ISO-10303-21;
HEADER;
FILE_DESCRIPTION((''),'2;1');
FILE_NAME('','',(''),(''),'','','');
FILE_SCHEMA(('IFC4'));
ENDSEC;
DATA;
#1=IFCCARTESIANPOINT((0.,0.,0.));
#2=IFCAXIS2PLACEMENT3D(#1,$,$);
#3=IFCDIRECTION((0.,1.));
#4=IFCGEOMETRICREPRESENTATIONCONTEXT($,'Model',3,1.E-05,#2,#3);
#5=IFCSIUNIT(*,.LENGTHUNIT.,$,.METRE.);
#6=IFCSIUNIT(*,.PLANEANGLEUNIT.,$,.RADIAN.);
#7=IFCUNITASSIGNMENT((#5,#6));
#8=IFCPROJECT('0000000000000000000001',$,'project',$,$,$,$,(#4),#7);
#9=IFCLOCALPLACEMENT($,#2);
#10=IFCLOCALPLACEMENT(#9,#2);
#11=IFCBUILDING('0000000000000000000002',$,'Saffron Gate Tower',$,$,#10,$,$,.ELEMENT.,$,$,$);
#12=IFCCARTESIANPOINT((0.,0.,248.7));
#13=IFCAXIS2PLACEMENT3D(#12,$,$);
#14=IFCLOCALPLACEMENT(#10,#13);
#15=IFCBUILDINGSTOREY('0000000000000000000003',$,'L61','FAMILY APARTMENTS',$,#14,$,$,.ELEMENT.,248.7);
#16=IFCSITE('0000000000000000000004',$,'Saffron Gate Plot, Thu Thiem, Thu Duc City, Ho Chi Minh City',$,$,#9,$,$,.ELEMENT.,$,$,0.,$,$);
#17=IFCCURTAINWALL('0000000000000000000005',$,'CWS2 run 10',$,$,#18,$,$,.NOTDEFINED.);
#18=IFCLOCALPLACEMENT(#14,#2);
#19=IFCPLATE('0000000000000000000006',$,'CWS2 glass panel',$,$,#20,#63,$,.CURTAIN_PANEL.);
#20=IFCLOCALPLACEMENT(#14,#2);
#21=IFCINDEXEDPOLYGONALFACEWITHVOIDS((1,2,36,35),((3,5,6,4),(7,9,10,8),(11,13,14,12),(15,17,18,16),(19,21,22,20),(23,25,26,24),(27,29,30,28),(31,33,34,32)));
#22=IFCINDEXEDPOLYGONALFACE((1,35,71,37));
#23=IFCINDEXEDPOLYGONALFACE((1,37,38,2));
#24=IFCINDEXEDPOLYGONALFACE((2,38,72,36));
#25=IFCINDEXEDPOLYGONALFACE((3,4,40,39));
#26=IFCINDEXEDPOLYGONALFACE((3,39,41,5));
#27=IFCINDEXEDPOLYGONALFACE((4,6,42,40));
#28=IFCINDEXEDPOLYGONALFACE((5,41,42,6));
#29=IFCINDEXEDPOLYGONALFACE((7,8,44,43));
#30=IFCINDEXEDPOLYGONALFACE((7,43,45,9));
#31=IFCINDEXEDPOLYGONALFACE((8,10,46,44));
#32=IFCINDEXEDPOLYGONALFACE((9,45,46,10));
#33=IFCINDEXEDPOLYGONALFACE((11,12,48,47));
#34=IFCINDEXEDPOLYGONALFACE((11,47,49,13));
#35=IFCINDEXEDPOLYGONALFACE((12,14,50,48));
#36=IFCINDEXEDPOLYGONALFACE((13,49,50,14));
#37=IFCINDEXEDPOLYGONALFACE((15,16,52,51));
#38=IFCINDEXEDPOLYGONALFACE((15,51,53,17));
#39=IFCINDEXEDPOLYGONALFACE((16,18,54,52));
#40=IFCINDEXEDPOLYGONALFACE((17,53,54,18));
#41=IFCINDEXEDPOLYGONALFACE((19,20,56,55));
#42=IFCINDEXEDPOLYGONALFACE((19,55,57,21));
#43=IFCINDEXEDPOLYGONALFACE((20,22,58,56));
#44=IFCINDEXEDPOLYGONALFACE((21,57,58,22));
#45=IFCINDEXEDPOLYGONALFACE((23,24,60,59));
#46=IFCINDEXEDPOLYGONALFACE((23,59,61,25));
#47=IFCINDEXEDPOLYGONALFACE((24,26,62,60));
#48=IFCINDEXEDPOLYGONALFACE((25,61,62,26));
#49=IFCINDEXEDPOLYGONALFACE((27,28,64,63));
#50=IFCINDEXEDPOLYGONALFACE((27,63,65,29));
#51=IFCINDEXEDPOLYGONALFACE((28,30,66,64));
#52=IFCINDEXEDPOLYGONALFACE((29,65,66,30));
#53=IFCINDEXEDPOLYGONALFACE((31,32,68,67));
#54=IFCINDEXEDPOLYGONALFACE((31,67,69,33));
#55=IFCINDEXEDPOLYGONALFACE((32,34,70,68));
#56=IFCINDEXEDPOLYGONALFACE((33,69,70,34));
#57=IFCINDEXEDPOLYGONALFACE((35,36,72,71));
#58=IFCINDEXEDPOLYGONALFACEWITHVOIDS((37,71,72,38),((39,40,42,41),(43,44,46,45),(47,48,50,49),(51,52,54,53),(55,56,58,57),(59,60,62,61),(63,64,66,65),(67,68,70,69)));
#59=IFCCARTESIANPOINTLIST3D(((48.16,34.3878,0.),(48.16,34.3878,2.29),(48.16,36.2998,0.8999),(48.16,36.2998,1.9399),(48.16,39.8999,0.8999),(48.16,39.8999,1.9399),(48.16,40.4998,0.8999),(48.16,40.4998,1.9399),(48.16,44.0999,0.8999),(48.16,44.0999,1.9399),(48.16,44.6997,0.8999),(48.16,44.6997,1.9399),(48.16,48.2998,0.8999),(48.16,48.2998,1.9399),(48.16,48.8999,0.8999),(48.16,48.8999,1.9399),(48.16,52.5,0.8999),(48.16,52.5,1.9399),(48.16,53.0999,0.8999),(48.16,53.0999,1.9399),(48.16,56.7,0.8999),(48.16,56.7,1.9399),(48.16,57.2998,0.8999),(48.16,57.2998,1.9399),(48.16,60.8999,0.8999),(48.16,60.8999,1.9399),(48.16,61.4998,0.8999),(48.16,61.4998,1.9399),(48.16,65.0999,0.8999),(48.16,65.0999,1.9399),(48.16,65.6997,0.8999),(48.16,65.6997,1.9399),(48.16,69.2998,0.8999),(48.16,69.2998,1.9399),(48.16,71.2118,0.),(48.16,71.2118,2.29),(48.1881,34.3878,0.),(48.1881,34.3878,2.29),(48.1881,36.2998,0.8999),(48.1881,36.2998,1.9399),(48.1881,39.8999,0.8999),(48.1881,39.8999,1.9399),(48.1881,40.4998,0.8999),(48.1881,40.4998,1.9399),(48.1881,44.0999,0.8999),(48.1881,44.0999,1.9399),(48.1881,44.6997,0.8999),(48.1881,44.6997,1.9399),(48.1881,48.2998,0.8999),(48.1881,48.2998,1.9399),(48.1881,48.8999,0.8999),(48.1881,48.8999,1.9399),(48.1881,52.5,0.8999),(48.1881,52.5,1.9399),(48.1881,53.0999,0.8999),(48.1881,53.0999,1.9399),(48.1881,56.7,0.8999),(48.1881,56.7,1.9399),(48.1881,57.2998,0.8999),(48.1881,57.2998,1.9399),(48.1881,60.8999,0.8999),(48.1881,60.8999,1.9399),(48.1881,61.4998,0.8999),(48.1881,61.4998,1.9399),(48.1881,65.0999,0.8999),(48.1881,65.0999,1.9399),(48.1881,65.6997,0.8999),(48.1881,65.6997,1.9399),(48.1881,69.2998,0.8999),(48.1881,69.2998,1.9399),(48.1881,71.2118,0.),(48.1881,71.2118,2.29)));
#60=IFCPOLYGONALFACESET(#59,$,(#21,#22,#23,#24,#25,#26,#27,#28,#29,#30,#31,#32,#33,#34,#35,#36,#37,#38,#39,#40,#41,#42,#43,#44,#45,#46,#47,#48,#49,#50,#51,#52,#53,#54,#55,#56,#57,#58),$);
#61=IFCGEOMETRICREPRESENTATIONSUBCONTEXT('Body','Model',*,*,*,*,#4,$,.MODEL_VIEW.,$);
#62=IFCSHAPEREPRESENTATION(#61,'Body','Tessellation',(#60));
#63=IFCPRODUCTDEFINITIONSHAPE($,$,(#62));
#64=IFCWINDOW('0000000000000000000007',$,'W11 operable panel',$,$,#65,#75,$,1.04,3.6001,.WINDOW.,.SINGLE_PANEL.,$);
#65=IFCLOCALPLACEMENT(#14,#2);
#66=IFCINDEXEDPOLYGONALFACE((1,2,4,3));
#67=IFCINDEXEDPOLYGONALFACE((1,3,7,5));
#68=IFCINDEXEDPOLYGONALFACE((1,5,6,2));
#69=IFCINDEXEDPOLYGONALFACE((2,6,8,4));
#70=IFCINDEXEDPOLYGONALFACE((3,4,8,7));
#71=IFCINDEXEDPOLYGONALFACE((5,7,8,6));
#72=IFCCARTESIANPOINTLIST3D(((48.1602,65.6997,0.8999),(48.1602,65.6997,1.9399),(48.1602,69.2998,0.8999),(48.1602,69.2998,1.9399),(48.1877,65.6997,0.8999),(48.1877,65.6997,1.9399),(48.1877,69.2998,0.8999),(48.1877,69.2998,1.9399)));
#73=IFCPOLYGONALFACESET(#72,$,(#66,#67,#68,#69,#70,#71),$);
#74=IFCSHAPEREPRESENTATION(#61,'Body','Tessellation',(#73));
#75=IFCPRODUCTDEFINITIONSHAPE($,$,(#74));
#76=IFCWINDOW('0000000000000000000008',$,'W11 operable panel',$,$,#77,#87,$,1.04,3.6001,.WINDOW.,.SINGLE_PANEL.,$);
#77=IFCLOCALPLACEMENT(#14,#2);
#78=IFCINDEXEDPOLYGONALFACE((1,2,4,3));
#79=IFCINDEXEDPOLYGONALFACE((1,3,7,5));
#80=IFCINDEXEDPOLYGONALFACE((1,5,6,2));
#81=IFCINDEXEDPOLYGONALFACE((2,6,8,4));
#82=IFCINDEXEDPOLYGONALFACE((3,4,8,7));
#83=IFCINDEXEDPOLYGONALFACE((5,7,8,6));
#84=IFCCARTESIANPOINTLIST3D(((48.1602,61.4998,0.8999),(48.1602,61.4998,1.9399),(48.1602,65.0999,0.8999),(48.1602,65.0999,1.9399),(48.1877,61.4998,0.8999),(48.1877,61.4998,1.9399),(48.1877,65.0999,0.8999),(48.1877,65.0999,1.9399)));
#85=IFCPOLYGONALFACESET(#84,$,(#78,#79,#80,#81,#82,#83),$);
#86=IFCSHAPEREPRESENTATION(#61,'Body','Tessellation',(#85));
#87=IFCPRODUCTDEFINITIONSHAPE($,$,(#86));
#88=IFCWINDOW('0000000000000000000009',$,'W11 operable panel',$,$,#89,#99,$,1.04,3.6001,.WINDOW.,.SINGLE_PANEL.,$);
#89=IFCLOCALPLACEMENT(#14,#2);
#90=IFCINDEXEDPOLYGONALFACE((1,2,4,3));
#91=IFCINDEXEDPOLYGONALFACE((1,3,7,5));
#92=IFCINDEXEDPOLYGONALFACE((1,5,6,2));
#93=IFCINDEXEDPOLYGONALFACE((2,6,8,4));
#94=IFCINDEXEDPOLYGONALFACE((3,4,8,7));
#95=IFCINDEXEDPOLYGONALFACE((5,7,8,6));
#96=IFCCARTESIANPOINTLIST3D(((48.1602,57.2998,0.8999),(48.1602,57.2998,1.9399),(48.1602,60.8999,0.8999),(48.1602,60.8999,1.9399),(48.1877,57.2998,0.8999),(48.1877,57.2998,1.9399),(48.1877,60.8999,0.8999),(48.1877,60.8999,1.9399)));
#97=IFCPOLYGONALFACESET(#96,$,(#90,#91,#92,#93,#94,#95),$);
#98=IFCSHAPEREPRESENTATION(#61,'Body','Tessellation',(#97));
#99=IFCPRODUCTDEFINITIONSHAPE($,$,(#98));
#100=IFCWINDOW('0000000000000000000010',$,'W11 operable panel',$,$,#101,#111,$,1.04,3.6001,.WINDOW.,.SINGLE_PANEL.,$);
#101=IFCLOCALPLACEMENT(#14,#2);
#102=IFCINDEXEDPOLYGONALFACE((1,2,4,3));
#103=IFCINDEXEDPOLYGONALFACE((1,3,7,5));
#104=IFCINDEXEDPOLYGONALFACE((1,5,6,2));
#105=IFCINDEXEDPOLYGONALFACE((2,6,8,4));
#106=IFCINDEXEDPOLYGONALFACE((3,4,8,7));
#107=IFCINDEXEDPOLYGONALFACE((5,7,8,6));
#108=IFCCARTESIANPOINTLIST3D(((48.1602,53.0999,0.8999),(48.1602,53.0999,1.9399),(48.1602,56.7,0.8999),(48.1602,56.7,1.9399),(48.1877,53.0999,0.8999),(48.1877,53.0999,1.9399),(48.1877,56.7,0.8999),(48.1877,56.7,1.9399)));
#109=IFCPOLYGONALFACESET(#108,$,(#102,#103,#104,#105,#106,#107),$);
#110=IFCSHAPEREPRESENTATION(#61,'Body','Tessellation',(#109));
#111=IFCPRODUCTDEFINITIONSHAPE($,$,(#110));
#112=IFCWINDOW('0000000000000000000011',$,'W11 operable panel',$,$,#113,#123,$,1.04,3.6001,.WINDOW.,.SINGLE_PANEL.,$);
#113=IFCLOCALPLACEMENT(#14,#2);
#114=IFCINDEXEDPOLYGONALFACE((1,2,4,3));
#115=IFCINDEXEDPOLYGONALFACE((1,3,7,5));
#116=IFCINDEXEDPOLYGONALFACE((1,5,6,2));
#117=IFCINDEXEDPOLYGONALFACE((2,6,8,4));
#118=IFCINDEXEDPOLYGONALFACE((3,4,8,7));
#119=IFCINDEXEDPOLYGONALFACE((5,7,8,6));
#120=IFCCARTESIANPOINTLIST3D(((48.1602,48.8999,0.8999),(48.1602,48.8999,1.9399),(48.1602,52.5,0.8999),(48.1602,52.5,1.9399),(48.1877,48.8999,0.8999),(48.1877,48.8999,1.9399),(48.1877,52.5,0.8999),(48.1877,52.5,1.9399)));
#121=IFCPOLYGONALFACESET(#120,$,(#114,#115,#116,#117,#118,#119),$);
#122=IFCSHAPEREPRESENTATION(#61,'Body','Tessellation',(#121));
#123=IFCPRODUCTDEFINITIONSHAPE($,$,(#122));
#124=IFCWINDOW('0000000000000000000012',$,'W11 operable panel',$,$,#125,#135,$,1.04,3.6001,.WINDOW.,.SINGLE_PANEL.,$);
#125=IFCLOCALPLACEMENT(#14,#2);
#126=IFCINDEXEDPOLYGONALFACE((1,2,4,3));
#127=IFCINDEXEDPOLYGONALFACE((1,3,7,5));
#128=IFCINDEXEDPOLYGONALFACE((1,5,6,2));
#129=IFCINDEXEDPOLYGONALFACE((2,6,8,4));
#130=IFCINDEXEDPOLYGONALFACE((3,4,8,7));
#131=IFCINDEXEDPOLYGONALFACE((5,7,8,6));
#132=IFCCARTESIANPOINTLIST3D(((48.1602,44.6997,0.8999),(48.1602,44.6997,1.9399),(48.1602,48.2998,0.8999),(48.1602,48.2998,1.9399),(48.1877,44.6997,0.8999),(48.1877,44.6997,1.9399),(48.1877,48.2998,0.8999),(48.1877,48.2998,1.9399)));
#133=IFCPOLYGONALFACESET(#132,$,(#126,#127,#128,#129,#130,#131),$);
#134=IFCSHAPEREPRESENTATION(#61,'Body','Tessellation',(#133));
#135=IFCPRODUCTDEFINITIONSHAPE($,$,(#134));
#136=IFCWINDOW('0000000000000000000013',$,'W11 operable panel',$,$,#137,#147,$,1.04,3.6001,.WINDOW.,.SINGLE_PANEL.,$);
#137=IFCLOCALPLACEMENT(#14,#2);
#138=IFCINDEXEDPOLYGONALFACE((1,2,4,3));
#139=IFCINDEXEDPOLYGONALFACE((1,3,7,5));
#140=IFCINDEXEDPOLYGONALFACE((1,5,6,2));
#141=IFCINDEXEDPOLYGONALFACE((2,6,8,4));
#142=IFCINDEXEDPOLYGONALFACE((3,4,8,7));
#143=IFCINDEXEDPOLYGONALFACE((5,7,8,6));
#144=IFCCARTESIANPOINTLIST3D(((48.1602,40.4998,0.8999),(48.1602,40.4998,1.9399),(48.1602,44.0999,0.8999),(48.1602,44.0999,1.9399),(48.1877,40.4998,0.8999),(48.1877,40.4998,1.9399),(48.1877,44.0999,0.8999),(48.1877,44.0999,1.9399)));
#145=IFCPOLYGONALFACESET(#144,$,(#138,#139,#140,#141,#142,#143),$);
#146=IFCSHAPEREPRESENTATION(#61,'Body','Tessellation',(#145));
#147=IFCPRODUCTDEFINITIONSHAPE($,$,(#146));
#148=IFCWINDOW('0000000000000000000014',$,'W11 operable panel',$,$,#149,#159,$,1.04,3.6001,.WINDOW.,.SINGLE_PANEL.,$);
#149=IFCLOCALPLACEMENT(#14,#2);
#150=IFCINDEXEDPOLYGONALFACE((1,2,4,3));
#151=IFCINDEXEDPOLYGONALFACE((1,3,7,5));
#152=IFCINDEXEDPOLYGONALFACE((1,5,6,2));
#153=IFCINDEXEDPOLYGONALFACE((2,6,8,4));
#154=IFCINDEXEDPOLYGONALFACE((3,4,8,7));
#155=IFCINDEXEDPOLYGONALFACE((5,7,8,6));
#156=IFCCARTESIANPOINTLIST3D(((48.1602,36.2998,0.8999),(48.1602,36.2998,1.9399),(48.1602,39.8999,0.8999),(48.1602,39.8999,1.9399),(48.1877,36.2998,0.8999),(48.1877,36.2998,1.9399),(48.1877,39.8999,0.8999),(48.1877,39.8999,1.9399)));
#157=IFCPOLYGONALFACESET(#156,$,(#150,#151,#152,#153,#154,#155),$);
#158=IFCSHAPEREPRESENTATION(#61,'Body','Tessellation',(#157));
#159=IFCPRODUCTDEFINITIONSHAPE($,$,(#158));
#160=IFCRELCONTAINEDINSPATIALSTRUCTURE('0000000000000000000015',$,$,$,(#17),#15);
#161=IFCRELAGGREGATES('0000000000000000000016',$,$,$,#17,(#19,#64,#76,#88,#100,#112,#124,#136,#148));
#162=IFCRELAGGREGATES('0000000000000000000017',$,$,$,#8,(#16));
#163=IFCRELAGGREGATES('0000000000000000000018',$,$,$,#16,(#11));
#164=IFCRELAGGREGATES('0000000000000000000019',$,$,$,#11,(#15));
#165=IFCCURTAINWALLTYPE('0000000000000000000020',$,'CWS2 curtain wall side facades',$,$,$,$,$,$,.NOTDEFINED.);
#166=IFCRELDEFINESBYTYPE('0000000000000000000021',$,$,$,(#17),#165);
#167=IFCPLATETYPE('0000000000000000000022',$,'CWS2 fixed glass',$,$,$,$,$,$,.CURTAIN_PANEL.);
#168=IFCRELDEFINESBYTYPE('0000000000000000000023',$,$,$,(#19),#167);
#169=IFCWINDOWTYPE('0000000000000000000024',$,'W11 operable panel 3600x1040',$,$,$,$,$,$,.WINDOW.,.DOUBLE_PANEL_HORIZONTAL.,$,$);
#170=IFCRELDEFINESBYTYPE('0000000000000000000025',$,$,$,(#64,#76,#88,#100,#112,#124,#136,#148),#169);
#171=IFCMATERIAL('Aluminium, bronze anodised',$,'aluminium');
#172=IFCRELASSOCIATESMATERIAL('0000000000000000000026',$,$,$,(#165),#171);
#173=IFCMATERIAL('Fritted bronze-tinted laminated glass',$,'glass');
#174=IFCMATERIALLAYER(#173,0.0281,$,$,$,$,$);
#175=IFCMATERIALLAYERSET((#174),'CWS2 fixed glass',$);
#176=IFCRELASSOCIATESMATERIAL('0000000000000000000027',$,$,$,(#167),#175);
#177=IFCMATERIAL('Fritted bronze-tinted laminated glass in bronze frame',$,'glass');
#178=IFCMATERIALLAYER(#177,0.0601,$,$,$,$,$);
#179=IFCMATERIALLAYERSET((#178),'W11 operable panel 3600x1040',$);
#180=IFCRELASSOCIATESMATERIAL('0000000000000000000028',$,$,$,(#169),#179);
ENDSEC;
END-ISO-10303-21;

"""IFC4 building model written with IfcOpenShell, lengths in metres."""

from ifc_helpers import new_model, si_unit, direction, frame, frame_2d, origin, place, context, subcontext, project, spatial, rectangle, extrude, material, layer, layer_set, type_object, element, fill, aggregate, save


model = new_model("IFC4")

# Units and contexts
model_context = context("Model", 3, precision=1e-05, world=origin(), true_north=direction((0.0, 1.0)))
body_context = subcontext(model_context, "Body", "Model", "MODEL_VIEW")
ifc_project = project(units=[si_unit("LENGTHUNIT", "METRE"), si_unit("PLANEANGLEUNIT", "RADIAN")], contexts=[model_context])

# Site, building, storey
site_placement = place(None, origin())
site = spatial("IfcSite", under=ifc_project, at=site_placement, Name="Saffron Gate Plot, Thu Thiem, Thu Duc City, Ho Chi Minh City", CompositionType="ELEMENT", RefElevation=0.0)
building_placement = place(site_placement, origin())
building = spatial("IfcBuilding", under=site, at=building_placement, Name="Saffron Gate Tower", CompositionType="ELEMENT")
storey_placement = place(building_placement, frame((0.0, 0.0, 248.7)))
storey = spatial("IfcBuildingStorey", under=building, at=storey_placement, Name="L61", Description="FAMILY APARTMENTS", CompositionType="ELEMENT", Elevation=248.7)

# Curtain wall
ifc_material_1 = material(Name="Aluminium, bronze anodised", Category="aluminium")
curtain_wall_type_1 = type_object("IfcCurtainWallType", Name="CWS2 curtain wall side facades", PredefinedType="NOTDEFINED", material=ifc_material_1)
curtain_wall_1_placement = place(storey_placement, origin())
curtain_wall_1 = element("IfcCurtainWall", 1, at=curtain_wall_1_placement, inside=storey, type_object=curtain_wall_type_1, Name="CWS2 run 10", PredefinedType="NOTDEFINED")

# Plate, openings, windows
ifc_material_2 = material(Name="Fritted bronze-tinted laminated glass", Category="glass")
ifc_layer_1 = layer(ifc_material_2, 0.0281)
ifc_layer_set_1 = layer_set([ifc_layer_1], Name="CWS2 fixed glass")
plate_type_1 = type_object("IfcPlateType", Name="CWS2 fixed glass", PredefinedType="CURTAIN_PANEL", material=ifc_layer_set_1)
plate_1_placement = place(storey_placement, frame((48.1741, 71.2119, 0.0), z_axis=(0.0, 0.0, 1.0), x_axis=(0.0, -1.0, 0.0)))
plate_1 = element("IfcPlate", 2, at=plate_1_placement, type_object=plate_type_1, Name="CWS2 glass panel", PredefinedType="CURTAIN_PANEL", context=body_context, shape_type="SweptSolid", body=[
    extrude(rectangle(XDim=36.824, YDim=0.0281, at=frame_2d((18.4121, 0.0))), origin(), (0.0, 0.0, 1.0), 2.29),
])
opening_1_placement = place(plate_1_placement, frame((1.9121, 0.0, 0.8999)))
opening_1 = element("IfcOpeningElement", 3, at=opening_1_placement, cuts=plate_1, PredefinedType="OPENING", context=body_context, shape_type="SweptSolid", body=[
    extrude(rectangle(XDim=3.6001, YDim=1.04, at=frame_2d((1.8, 0.52))), frame((0.0, 0.0239, 0.0), z_axis=(0.0, -1.0, 0.0), x_axis=(1.0, 0.0, 0.0)), (0.0, 0.0, 1.0), 0.0481),
])
opening_2_placement = place(plate_1_placement, frame((6.1121, 0.0, 0.8999)))
opening_2 = element("IfcOpeningElement", 4, at=opening_2_placement, cuts=plate_1, PredefinedType="OPENING", context=body_context, shape_type="SweptSolid", body=[
    extrude(rectangle(XDim=3.6001, YDim=1.04, at=frame_2d((1.8, 0.52))), frame((0.0, 0.0239, 0.0), z_axis=(0.0, -1.0, 0.0), x_axis=(1.0, 0.0, 0.0)), (0.0, 0.0, 1.0), 0.0481),
])
opening_3_placement = place(plate_1_placement, frame((10.312, 0.0, 0.8999)))
opening_3 = element("IfcOpeningElement", 5, at=opening_3_placement, cuts=plate_1, PredefinedType="OPENING", context=body_context, shape_type="SweptSolid", body=[
    extrude(rectangle(XDim=3.6001, YDim=1.04, at=frame_2d((1.8, 0.52))), frame((0.0, 0.0239, 0.0), z_axis=(0.0, -1.0, 0.0), x_axis=(1.0, 0.0, 0.0)), (0.0, 0.0, 1.0), 0.0481),
])
opening_4_placement = place(plate_1_placement, frame((14.512, 0.0, 0.8999)))
opening_4 = element("IfcOpeningElement", 6, at=opening_4_placement, cuts=plate_1, PredefinedType="OPENING", context=body_context, shape_type="SweptSolid", body=[
    extrude(rectangle(XDim=3.6001, YDim=1.04, at=frame_2d((1.8, 0.52))), frame((0.0, 0.0239, 0.0), z_axis=(0.0, -1.0, 0.0), x_axis=(1.0, 0.0, 0.0)), (0.0, 0.0, 1.0), 0.0481),
])
opening_5_placement = place(plate_1_placement, frame((18.7119, 0.0, 0.8999)))
opening_5 = element("IfcOpeningElement", 7, at=opening_5_placement, cuts=plate_1, PredefinedType="OPENING", context=body_context, shape_type="SweptSolid", body=[
    extrude(rectangle(XDim=3.6001, YDim=1.04, at=frame_2d((1.8, 0.52))), frame((0.0, 0.0239, 0.0), z_axis=(0.0, -1.0, 0.0), x_axis=(1.0, 0.0, 0.0)), (0.0, 0.0, 1.0), 0.0481),
])
opening_6_placement = place(plate_1_placement, frame((22.9121, 0.0, 0.8999)))
opening_6 = element("IfcOpeningElement", 8, at=opening_6_placement, cuts=plate_1, PredefinedType="OPENING", context=body_context, shape_type="SweptSolid", body=[
    extrude(rectangle(XDim=3.6001, YDim=1.04, at=frame_2d((1.8, 0.52))), frame((0.0, 0.0239, 0.0), z_axis=(0.0, -1.0, 0.0), x_axis=(1.0, 0.0, 0.0)), (0.0, 0.0, 1.0), 0.0481),
])
opening_7_placement = place(plate_1_placement, frame((27.1121, 0.0, 0.8999)))
opening_7 = element("IfcOpeningElement", 9, at=opening_7_placement, cuts=plate_1, PredefinedType="OPENING", context=body_context, shape_type="SweptSolid", body=[
    extrude(rectangle(XDim=3.6001, YDim=1.04, at=frame_2d((1.8, 0.52))), frame((0.0, 0.0239, 0.0), z_axis=(0.0, -1.0, 0.0), x_axis=(1.0, 0.0, 0.0)), (0.0, 0.0, 1.0), 0.0481),
])
opening_8_placement = place(plate_1_placement, frame((31.312, 0.0, 0.8999)))
opening_8 = element("IfcOpeningElement", 10, at=opening_8_placement, cuts=plate_1, PredefinedType="OPENING", context=body_context, shape_type="SweptSolid", body=[
    extrude(rectangle(XDim=3.6001, YDim=1.04, at=frame_2d((1.8, 0.52))), frame((0.0, 0.0239, 0.0), z_axis=(0.0, -1.0, 0.0), x_axis=(1.0, 0.0, 0.0)), (0.0, 0.0, 1.0), 0.0481),
])
ifc_material_3 = material(Name="Fritted bronze-tinted laminated glass in bronze frame", Category="glass")
ifc_layer_2 = layer(ifc_material_3, 0.0601)
ifc_layer_set_2 = layer_set([ifc_layer_2], Name="W11 operable panel 3600x1040")
window_type = type_object("IfcWindowType", Name="W11 operable panel 3600x1040", PartitioningType="DOUBLE_PANEL_HORIZONTAL", PredefinedType="WINDOW", material=ifc_layer_set_2)
window_1_placement = place(opening_1_placement, origin())
window_1 = element("IfcWindow", 11, at=window_1_placement, type_object=window_type, Name="W11 operable panel", OverallHeight=1.04, OverallWidth=3.6001, PartitioningType="SINGLE_PANEL", PredefinedType="WINDOW", context=body_context, shape_type="SweptSolid", body=[
    extrude(rectangle(XDim=3.6001, YDim=1.04, at=frame_2d((1.8, 0.52))), frame((0.0, 0.0137, 0.0), z_axis=(0.0, -1.0, 0.0), x_axis=(1.0, 0.0, 0.0)), (0.0, 0.0, 1.0), 0.0276),
])
fill(opening_1, window_1)
window_2_placement = place(opening_2_placement, origin())
window_2 = element("IfcWindow", 12, at=window_2_placement, type_object=window_type, Name="W11 operable panel", OverallHeight=1.04, OverallWidth=3.6001, PartitioningType="SINGLE_PANEL", PredefinedType="WINDOW", context=body_context, shape_type="SweptSolid", body=[
    extrude(rectangle(XDim=3.6001, YDim=1.04, at=frame_2d((1.8, 0.52))), frame((0.0, 0.0137, 0.0), z_axis=(0.0, -1.0, 0.0), x_axis=(1.0, 0.0, 0.0)), (0.0, 0.0, 1.0), 0.0276),
])
fill(opening_2, window_2)
window_3_placement = place(opening_3_placement, origin())
window_3 = element("IfcWindow", 13, at=window_3_placement, type_object=window_type, Name="W11 operable panel", OverallHeight=1.04, OverallWidth=3.6001, PartitioningType="SINGLE_PANEL", PredefinedType="WINDOW", context=body_context, shape_type="SweptSolid", body=[
    extrude(rectangle(XDim=3.6001, YDim=1.04, at=frame_2d((1.8, 0.52))), frame((0.0, 0.0137, 0.0), z_axis=(0.0, -1.0, 0.0), x_axis=(1.0, 0.0, 0.0)), (0.0, 0.0, 1.0), 0.0276),
])
fill(opening_3, window_3)
window_4_placement = place(opening_4_placement, origin())
window_4 = element("IfcWindow", 14, at=window_4_placement, type_object=window_type, Name="W11 operable panel", OverallHeight=1.04, OverallWidth=3.6001, PartitioningType="SINGLE_PANEL", PredefinedType="WINDOW", context=body_context, shape_type="SweptSolid", body=[
    extrude(rectangle(XDim=3.6001, YDim=1.04, at=frame_2d((1.8, 0.52))), frame((0.0, 0.0137, 0.0), z_axis=(0.0, -1.0, 0.0), x_axis=(1.0, 0.0, 0.0)), (0.0, 0.0, 1.0), 0.0276),
])
fill(opening_4, window_4)
window_5_placement = place(opening_5_placement, origin())
window_5 = element("IfcWindow", 15, at=window_5_placement, type_object=window_type, Name="W11 operable panel", OverallHeight=1.04, OverallWidth=3.6001, PartitioningType="SINGLE_PANEL", PredefinedType="WINDOW", context=body_context, shape_type="SweptSolid", body=[
    extrude(rectangle(XDim=3.6001, YDim=1.04, at=frame_2d((1.8, 0.52))), frame((0.0, 0.0137, 0.0), z_axis=(0.0, -1.0, 0.0), x_axis=(1.0, 0.0, 0.0)), (0.0, 0.0, 1.0), 0.0276),
])
fill(opening_5, window_5)
window_6_placement = place(opening_6_placement, origin())
window_6 = element("IfcWindow", 16, at=window_6_placement, type_object=window_type, Name="W11 operable panel", OverallHeight=1.04, OverallWidth=3.6001, PartitioningType="SINGLE_PANEL", PredefinedType="WINDOW", context=body_context, shape_type="SweptSolid", body=[
    extrude(rectangle(XDim=3.6001, YDim=1.04, at=frame_2d((1.8, 0.52))), frame((0.0, 0.0137, 0.0), z_axis=(0.0, -1.0, 0.0), x_axis=(1.0, 0.0, 0.0)), (0.0, 0.0, 1.0), 0.0276),
])
fill(opening_6, window_6)
window_7_placement = place(opening_7_placement, origin())
window_7 = element("IfcWindow", 17, at=window_7_placement, type_object=window_type, Name="W11 operable panel", OverallHeight=1.04, OverallWidth=3.6001, PartitioningType="SINGLE_PANEL", PredefinedType="WINDOW", context=body_context, shape_type="SweptSolid", body=[
    extrude(rectangle(XDim=3.6001, YDim=1.04, at=frame_2d((1.8, 0.52))), frame((0.0, 0.0137, 0.0), z_axis=(0.0, -1.0, 0.0), x_axis=(1.0, 0.0, 0.0)), (0.0, 0.0, 1.0), 0.0276),
])
fill(opening_7, window_7)
window_8_placement = place(opening_8_placement, origin())
window_8 = element("IfcWindow", 18, at=window_8_placement, type_object=window_type, Name="W11 operable panel", OverallHeight=1.04, OverallWidth=3.6001, PartitioningType="SINGLE_PANEL", PredefinedType="WINDOW", context=body_context, shape_type="SweptSolid", body=[
    extrude(rectangle(XDim=3.6001, YDim=1.04, at=frame_2d((1.8, 0.52))), frame((0.0, 0.0137, 0.0), z_axis=(0.0, -1.0, 0.0), x_axis=(1.0, 0.0, 0.0)), (0.0, 0.0, 1.0), 0.0276),
])
fill(opening_8, window_8)
aggregate(curtain_wall_1, [plate_1, window_1, window_2, window_3, window_4, window_5, window_6, window_7, window_8])

save(model, "model.ifc")
